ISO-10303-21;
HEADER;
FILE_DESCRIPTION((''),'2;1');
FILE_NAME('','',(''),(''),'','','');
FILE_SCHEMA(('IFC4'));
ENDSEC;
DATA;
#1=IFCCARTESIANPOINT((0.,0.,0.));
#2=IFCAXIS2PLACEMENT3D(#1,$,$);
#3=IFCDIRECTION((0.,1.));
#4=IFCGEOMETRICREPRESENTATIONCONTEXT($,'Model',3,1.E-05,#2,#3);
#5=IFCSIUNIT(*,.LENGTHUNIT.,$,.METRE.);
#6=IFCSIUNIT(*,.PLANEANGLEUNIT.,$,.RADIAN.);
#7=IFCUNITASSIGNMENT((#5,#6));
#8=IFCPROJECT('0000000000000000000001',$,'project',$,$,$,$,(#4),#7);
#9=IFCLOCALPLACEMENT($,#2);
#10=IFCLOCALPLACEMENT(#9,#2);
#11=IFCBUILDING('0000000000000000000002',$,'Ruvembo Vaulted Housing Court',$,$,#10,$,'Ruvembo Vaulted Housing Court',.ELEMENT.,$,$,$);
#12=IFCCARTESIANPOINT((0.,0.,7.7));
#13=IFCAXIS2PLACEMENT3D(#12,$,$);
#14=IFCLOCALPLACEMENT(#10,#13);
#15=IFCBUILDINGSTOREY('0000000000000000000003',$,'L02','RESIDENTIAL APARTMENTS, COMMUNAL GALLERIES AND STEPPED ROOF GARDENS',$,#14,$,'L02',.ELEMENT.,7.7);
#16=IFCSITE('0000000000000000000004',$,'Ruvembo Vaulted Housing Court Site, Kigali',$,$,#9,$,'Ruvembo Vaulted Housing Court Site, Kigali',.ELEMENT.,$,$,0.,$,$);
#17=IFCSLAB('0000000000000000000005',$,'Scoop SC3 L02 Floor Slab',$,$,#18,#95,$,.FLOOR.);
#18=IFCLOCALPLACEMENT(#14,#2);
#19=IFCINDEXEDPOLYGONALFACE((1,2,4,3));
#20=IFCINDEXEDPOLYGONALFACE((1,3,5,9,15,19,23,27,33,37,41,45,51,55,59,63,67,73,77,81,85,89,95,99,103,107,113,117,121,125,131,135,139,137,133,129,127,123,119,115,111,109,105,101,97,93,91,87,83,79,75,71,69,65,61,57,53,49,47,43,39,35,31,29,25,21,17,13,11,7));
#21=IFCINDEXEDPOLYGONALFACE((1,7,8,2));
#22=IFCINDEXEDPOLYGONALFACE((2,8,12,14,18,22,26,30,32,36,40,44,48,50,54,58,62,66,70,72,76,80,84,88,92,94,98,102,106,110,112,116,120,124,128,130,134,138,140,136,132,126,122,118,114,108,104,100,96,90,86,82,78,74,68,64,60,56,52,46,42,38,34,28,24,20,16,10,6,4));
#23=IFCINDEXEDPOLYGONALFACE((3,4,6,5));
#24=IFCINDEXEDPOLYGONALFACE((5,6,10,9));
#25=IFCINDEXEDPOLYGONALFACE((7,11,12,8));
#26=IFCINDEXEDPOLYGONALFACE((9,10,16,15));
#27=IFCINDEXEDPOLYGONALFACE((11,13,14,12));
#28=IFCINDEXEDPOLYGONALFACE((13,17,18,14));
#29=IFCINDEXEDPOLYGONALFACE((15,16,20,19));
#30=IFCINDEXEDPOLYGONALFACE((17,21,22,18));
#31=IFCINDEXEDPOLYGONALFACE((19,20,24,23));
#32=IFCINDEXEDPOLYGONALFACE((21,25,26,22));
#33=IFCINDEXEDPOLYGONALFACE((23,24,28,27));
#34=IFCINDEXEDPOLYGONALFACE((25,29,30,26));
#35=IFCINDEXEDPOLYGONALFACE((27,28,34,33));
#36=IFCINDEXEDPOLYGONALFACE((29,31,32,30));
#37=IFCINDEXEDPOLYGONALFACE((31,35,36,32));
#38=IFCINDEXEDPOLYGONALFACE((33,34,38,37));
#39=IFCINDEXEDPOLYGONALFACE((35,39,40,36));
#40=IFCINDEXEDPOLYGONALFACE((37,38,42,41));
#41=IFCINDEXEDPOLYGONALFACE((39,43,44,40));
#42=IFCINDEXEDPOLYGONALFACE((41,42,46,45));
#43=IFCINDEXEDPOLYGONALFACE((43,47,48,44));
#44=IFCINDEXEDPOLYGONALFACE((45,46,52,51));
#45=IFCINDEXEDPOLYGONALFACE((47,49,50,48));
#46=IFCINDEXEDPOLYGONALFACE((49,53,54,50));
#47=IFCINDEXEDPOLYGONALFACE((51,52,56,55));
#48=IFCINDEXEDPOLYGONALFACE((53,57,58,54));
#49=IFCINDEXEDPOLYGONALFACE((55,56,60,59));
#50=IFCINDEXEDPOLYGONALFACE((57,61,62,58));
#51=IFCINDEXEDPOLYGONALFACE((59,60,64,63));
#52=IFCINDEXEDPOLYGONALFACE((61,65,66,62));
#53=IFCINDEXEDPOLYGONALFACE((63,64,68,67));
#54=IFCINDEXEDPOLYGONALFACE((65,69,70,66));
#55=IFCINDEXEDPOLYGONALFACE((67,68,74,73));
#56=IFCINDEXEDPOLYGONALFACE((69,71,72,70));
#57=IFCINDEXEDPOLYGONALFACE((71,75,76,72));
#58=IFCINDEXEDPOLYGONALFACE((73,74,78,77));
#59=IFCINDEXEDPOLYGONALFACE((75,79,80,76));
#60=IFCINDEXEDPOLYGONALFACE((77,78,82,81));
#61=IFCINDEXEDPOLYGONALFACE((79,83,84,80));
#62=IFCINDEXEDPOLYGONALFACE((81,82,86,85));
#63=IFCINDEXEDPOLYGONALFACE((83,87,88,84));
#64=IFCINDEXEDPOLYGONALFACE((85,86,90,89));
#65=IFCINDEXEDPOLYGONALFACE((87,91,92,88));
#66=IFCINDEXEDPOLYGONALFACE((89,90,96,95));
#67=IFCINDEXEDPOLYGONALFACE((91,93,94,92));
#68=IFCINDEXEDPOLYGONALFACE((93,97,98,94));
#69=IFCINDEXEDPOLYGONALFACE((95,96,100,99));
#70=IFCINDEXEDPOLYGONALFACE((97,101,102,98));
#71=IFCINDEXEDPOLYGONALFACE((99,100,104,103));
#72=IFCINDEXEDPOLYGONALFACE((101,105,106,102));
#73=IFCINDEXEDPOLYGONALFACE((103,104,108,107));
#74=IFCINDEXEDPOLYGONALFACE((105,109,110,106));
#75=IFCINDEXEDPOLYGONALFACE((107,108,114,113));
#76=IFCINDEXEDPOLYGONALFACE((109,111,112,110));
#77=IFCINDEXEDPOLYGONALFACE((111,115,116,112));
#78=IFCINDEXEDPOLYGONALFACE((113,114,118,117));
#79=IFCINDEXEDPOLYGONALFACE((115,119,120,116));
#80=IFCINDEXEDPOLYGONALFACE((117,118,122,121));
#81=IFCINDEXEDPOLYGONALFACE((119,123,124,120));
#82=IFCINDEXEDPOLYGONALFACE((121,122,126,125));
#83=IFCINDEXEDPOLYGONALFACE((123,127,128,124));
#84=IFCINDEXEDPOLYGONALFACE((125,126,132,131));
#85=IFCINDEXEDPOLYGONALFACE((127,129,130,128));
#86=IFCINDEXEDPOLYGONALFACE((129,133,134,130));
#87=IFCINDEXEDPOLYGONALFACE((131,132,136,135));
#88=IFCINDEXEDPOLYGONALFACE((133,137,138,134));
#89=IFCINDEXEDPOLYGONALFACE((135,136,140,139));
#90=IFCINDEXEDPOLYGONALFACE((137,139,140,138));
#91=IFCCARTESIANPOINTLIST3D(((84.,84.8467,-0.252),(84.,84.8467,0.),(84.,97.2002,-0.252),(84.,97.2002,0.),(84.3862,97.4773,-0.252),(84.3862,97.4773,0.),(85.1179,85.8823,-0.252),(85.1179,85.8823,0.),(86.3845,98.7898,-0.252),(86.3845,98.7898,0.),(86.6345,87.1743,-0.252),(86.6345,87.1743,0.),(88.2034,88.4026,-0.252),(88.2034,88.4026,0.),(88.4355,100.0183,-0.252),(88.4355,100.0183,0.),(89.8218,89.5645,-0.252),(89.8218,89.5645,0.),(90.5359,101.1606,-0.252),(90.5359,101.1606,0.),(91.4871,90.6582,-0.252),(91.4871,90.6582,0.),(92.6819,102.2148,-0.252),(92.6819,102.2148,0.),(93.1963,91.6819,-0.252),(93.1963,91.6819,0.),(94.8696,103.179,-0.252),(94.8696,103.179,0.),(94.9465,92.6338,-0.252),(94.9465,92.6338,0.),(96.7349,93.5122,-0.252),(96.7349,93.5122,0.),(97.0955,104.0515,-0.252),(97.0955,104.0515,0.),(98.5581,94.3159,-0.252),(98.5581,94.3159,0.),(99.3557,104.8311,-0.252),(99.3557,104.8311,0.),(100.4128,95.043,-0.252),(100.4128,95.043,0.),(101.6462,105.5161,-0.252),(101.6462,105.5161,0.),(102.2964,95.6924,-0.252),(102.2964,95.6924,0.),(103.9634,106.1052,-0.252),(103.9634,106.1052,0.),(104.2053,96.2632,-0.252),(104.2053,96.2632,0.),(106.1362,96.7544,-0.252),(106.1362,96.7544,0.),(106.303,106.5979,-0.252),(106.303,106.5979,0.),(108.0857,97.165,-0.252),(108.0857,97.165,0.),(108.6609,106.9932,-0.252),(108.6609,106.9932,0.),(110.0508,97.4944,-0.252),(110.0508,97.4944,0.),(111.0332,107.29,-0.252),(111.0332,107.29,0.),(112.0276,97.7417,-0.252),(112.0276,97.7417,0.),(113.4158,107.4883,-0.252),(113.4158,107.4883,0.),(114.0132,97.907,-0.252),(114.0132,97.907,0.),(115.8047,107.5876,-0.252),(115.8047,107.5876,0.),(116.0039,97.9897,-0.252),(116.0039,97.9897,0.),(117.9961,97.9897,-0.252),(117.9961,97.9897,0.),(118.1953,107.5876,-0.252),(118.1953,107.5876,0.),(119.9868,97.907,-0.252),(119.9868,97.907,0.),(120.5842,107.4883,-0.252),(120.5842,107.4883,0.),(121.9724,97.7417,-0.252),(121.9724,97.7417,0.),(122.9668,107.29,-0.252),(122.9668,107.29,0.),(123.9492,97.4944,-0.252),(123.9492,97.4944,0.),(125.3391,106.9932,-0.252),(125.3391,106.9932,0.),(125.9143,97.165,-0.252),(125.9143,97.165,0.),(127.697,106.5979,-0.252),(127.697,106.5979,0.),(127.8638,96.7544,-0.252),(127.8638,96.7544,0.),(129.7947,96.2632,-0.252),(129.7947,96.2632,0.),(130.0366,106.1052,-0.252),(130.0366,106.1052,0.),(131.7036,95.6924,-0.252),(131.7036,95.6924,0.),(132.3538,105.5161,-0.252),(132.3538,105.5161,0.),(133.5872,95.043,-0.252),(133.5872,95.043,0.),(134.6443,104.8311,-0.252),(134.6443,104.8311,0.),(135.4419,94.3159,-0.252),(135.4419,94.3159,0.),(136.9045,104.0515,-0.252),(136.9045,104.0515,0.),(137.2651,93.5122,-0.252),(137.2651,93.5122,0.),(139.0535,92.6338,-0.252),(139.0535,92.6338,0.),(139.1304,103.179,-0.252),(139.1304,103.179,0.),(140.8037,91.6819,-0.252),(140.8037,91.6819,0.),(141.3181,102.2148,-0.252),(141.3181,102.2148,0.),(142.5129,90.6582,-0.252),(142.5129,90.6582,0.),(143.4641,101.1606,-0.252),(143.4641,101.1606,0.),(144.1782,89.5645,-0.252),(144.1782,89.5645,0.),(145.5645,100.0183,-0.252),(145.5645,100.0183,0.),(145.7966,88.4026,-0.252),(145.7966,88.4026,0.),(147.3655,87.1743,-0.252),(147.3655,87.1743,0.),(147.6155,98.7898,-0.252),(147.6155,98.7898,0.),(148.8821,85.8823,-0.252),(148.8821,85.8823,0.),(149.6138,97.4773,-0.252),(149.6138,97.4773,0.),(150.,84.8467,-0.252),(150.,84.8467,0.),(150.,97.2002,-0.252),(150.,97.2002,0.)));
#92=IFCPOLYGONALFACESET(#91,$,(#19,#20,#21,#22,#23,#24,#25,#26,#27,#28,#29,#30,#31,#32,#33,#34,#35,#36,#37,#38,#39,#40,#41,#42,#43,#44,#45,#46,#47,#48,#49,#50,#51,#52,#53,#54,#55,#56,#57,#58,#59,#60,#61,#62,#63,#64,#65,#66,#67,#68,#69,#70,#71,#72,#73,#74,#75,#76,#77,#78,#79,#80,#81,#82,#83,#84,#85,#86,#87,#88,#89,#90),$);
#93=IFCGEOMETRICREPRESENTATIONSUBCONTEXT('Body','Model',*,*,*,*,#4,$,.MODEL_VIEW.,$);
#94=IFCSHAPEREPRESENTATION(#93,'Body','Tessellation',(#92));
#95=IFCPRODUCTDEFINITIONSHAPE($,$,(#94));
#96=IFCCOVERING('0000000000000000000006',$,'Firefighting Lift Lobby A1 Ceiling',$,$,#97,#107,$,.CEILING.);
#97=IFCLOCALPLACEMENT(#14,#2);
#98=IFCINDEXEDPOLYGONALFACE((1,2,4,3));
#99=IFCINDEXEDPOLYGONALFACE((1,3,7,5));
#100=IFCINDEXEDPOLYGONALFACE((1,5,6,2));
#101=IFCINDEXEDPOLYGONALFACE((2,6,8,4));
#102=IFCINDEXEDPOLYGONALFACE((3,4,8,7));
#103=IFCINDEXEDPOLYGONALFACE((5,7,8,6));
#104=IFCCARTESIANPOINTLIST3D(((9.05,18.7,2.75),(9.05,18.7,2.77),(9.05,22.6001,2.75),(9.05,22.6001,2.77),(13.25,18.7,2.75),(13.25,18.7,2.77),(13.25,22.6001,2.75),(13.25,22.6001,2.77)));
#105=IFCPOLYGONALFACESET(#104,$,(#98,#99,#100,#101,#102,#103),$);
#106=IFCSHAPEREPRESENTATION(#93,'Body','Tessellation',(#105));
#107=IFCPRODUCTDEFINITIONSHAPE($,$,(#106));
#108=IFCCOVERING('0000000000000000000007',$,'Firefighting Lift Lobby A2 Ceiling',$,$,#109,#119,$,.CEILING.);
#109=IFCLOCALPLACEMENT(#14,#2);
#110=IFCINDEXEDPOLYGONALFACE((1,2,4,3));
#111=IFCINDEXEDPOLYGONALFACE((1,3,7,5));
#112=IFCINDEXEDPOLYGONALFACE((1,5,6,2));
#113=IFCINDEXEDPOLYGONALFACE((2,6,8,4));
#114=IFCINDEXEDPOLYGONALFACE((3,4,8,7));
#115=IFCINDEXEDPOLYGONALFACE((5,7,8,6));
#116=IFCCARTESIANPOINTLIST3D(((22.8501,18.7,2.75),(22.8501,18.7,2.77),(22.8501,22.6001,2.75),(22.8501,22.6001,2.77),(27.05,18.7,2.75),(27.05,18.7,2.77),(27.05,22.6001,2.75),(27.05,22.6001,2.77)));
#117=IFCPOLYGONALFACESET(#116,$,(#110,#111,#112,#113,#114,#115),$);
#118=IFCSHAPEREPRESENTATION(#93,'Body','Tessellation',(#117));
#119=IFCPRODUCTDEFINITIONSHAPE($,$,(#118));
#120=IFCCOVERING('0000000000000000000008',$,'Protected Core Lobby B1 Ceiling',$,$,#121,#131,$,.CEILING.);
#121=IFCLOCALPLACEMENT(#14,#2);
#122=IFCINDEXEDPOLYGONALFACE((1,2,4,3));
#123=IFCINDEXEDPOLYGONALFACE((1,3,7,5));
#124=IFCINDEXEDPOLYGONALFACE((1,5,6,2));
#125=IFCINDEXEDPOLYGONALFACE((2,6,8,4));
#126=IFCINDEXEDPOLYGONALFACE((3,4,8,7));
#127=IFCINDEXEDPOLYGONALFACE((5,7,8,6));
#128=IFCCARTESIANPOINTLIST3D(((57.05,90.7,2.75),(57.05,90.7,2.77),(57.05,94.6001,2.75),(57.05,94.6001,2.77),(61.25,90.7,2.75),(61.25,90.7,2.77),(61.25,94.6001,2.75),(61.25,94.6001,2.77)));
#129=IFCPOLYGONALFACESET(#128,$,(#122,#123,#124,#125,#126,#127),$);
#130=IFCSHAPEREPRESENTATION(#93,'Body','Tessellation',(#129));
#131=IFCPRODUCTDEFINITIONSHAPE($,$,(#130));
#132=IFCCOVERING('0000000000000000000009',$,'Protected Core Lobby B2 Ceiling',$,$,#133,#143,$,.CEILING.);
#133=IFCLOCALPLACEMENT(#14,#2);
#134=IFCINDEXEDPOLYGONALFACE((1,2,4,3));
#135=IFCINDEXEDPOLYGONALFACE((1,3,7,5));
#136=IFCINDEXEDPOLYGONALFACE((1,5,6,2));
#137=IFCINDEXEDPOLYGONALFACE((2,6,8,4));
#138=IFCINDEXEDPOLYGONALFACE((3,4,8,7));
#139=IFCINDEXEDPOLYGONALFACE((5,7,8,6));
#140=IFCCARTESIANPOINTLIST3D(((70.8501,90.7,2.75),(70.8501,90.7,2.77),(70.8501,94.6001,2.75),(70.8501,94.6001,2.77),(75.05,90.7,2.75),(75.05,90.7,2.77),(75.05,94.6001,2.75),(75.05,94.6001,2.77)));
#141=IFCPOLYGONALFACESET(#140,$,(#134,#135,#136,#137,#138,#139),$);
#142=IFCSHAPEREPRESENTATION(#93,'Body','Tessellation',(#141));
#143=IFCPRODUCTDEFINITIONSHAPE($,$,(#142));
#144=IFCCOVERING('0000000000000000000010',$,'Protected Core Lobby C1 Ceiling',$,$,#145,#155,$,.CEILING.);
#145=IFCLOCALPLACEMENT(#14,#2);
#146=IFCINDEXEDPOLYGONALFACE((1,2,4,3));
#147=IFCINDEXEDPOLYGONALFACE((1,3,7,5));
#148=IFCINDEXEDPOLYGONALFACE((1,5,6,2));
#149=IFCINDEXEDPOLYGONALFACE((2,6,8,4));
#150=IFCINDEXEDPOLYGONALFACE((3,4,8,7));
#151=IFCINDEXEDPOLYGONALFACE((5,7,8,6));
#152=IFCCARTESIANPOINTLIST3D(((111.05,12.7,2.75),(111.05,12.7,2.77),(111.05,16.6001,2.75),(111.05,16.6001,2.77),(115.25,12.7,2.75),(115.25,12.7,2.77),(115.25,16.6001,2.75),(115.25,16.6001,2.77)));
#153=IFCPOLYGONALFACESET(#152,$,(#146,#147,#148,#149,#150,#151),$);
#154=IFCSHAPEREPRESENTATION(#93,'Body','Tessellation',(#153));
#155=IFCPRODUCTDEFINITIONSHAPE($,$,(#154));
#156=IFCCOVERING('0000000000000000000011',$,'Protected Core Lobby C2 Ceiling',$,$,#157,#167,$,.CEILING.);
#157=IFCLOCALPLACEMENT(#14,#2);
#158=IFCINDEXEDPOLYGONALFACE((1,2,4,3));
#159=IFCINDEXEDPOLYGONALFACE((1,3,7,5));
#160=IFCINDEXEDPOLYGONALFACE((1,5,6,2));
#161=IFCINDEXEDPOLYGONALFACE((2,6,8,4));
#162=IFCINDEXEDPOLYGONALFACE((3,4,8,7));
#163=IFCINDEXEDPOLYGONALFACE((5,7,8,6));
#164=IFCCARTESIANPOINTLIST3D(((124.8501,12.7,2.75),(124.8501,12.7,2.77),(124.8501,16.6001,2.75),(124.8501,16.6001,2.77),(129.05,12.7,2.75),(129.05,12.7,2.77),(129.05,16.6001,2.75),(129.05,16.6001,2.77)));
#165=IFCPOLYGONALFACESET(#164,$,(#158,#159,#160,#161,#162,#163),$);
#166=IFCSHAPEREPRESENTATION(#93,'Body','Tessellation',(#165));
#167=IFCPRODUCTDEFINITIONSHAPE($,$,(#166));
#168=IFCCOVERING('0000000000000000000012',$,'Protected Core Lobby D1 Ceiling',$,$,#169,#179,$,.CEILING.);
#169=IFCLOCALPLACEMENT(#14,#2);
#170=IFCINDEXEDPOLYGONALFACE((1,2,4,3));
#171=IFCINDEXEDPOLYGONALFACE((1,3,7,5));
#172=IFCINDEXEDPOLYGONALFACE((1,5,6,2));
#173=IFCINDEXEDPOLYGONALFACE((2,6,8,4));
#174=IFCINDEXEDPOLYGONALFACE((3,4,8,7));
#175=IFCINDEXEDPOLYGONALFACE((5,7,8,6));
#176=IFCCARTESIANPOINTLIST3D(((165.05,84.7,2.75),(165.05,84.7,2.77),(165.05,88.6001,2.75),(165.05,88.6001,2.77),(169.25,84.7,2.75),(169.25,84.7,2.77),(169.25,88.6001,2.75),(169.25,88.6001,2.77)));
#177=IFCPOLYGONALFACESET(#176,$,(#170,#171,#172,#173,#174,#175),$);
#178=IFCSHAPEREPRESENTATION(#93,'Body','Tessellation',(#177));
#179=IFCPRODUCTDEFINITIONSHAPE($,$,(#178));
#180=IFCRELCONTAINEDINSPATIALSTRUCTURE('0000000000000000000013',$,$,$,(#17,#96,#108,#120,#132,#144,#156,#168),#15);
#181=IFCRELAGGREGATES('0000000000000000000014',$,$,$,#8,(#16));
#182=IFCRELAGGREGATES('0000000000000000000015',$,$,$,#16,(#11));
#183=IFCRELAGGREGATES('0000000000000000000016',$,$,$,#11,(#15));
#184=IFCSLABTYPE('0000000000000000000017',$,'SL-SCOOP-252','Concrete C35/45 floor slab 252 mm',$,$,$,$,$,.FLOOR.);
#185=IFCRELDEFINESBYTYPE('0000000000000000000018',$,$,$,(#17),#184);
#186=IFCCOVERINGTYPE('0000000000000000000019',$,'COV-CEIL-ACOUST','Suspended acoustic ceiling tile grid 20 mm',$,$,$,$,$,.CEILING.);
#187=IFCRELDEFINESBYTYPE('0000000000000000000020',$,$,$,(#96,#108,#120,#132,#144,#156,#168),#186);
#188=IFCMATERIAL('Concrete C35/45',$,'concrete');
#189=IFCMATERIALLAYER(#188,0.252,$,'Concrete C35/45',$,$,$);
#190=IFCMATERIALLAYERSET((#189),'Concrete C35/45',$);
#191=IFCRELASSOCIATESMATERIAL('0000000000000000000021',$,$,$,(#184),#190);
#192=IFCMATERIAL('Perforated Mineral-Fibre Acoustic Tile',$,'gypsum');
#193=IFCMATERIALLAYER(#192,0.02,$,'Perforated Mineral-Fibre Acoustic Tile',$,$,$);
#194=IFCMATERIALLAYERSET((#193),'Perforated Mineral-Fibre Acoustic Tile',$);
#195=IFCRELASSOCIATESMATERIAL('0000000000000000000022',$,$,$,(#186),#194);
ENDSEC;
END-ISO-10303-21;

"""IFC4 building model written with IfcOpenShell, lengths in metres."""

from ifc_helpers import new_model, si_unit, direction, frame, origin, place, context, subcontext, project, spatial, polyline, outline, extrude, material, layer, layer_set, type_object, element, save


model = new_model("IFC4")

# Units and contexts
model_context = context("Model", 3, precision=1e-05, world=origin(), true_north=direction((0.0, 1.0)))
body_context = subcontext(model_context, "Body", "Model", "MODEL_VIEW")
ifc_project = project(units=[si_unit("LENGTHUNIT", "METRE"), si_unit("PLANEANGLEUNIT", "RADIAN")], contexts=[model_context])

# Site, building, storey
site_placement = place(None, origin())
site = spatial("IfcSite", under=ifc_project, at=site_placement, Name="Ruvembo Vaulted Housing Court Site, Kigali", LongName="Ruvembo Vaulted Housing Court Site, Kigali", CompositionType="ELEMENT", RefElevation=0.0)
building_placement = place(site_placement, origin())
building = spatial("IfcBuilding", under=site, at=building_placement, Name="Ruvembo Vaulted Housing Court", LongName="Ruvembo Vaulted Housing Court", CompositionType="ELEMENT")
storey_placement = place(building_placement, frame((0.0, 0.0, 7.7)))
storey = spatial("IfcBuildingStorey", under=building, at=storey_placement, Name="L02", Description="RESIDENTIAL APARTMENTS, COMMUNAL GALLERIES AND STEPPED ROOF GARDENS", LongName="L02", CompositionType="ELEMENT", Elevation=7.7)

# Shared definitions
ifc_material_1 = material(Name="Concrete C35/45", Category="concrete")

# Slab
ifc_layer_1 = layer(ifc_material_1, 0.252, Name="Concrete C35/45")
ifc_layer_set_1 = layer_set([ifc_layer_1], Name="Concrete C35/45")
slab_type_1 = type_object("IfcSlabType", Name="SL-SCOOP-252", Description="Concrete C35/45 floor slab 252 mm", PredefinedType="FLOOR", material=ifc_layer_set_1)
slab_1_placement = place(storey_placement, frame((0.0, 0.0, -0.252)))
element("IfcSlab", 1, at=slab_1_placement, inside=storey, type_object=slab_type_1, Name="Scoop SC3 L02 Floor Slab", PredefinedType="FLOOR", context=body_context, shape_type="SweptSolid", body=[
    extrude(outline(polyline([(150.0, 84.8467), (150.0, 97.2002), (149.6138, 97.4773), (147.6155, 98.7898), (145.5645, 100.0183), (143.4641, 101.1606), (141.3181, 102.2148), (139.1304, 103.179), (136.9045, 104.0515), (134.6443, 104.8311), (132.3538, 105.5161), (130.0366, 106.1052), (127.697, 106.5979), (125.3391, 106.9932), (122.9668, 107.29), (120.5842, 107.4883), (118.1953, 107.5876), (115.8047, 107.5876), (113.4158, 107.4883), (111.0332, 107.29), (108.6609, 106.9932), (106.303, 106.5979), (103.9634, 106.1052), (101.6462, 105.5161), (99.3557, 104.8311), (97.0955, 104.0515), (94.8696, 103.179), (92.6819, 102.2148), (90.5359, 101.1606), (88.4355, 100.0183), (86.3845, 98.7898), (84.3862, 97.4773), (84.0, 97.2002), (84.0, 84.8467), (85.1179, 85.8823), (86.6345, 87.1743), (88.2034, 88.4026), (89.8218, 89.5645), (91.4871, 90.6582), (93.1963, 91.6819), (94.9465, 92.6338), (96.7349, 93.5122), (98.5581, 94.3159), (100.4128, 95.043), (102.2964, 95.6924), (104.2053, 96.2632), (106.1362, 96.7544), (108.0857, 97.165), (110.0508, 97.4944), (112.0276, 97.7417), (114.0132, 97.907), (116.0039, 97.9897), (117.9961, 97.9897), (119.9868, 97.907), (121.9724, 97.7417), (123.9492, 97.4944), (125.9143, 97.165), (127.8638, 96.7544), (129.7947, 96.2632), (131.7036, 95.6924), (133.5872, 95.043), (135.4419, 94.3159), (137.2651, 93.5122), (139.0535, 92.6338), (140.8037, 91.6819), (142.5129, 90.6582), (144.1782, 89.5645), (145.7966, 88.4026), (147.3655, 87.1743), (148.8821, 85.8823), (150.0, 84.8467)])), origin(), (0.0, 0.0, 1.0), 0.252),
])

# Coverings
ifc_material_2 = material(Name="Perforated Mineral-Fibre Acoustic Tile", Category="gypsum")
ifc_layer_2 = layer(ifc_material_2, 0.02, Name="Perforated Mineral-Fibre Acoustic Tile")
ifc_layer_set_2 = layer_set([ifc_layer_2], Name="Perforated Mineral-Fibre Acoustic Tile")
covering_type_1 = type_object("IfcCoveringType", Name="COV-CEIL-ACOUST", Description="Suspended acoustic ceiling tile grid 20 mm", PredefinedType="CEILING", material=ifc_layer_set_2)
covering_1_placement = place(storey_placement, frame((0.0, 0.0, 2.75)))
element("IfcCovering", 2, at=covering_1_placement, inside=storey, type_object=covering_type_1, Name="Firefighting Lift Lobby A1 Ceiling", PredefinedType="CEILING", context=body_context, shape_type="SweptSolid", body=[
    extrude(outline(polyline([(13.25, 22.6001), (9.05, 22.6001), (9.05, 18.7), (13.25, 18.7), (13.25, 22.6001)])), origin(), (0.0, 0.0, 1.0), 0.02),
])
covering_2_placement = place(storey_placement, frame((0.0, 0.0, 2.75)))
element("IfcCovering", 3, at=covering_2_placement, inside=storey, type_object=covering_type_1, Name="Firefighting Lift Lobby A2 Ceiling", PredefinedType="CEILING", context=body_context, shape_type="SweptSolid", body=[
    extrude(outline(polyline([(27.05, 22.6001), (22.8501, 22.6001), (22.8501, 18.7), (27.05, 18.7), (27.05, 22.6001)])), origin(), (0.0, 0.0, 1.0), 0.02),
])
covering_3_placement = place(storey_placement, frame((0.0, 0.0, 2.75)))
element("IfcCovering", 4, at=covering_3_placement, inside=storey, type_object=covering_type_1, Name="Protected Core Lobby B1 Ceiling", PredefinedType="CEILING", context=body_context, shape_type="SweptSolid", body=[
    extrude(outline(polyline([(61.25, 94.6001), (57.05, 94.6001), (57.05, 90.7), (61.25, 90.7), (61.25, 94.6001)])), origin(), (0.0, 0.0, 1.0), 0.02),
])
covering_4_placement = place(storey_placement, frame((0.0, 0.0, 2.75)))
element("IfcCovering", 5, at=covering_4_placement, inside=storey, type_object=covering_type_1, Name="Protected Core Lobby B2 Ceiling", PredefinedType="CEILING", context=body_context, shape_type="SweptSolid", body=[
    extrude(outline(polyline([(75.05, 94.6001), (70.8501, 94.6001), (70.8501, 90.7), (75.05, 90.7), (75.05, 94.6001)])), origin(), (0.0, 0.0, 1.0), 0.02),
])
covering_5_placement = place(storey_placement, frame((0.0, 0.0, 2.75)))
element("IfcCovering", 6, at=covering_5_placement, inside=storey, type_object=covering_type_1, Name="Protected Core Lobby C1 Ceiling", PredefinedType="CEILING", context=body_context, shape_type="SweptSolid", body=[
    extrude(outline(polyline([(115.25, 16.6001), (111.05, 16.6001), (111.05, 12.7), (115.25, 12.7), (115.25, 16.6001)])), origin(), (0.0, 0.0, 1.0), 0.02),
])
covering_6_placement = place(storey_placement, frame((0.0, 0.0, 2.75)))
element("IfcCovering", 7, at=covering_6_placement, inside=storey, type_object=covering_type_1, Name="Protected Core Lobby C2 Ceiling", PredefinedType="CEILING", context=body_context, shape_type="SweptSolid", body=[
    extrude(outline(polyline([(129.05, 16.6001), (124.8501, 16.6001), (124.8501, 12.7), (129.05, 12.7), (129.05, 16.6001)])), origin(), (0.0, 0.0, 1.0), 0.02),
])
covering_7_placement = place(storey_placement, frame((0.0, 0.0, 2.75)))
element("IfcCovering", 8, at=covering_7_placement, inside=storey, type_object=covering_type_1, Name="Protected Core Lobby D1 Ceiling", PredefinedType="CEILING", context=body_context, shape_type="SweptSolid", body=[
    extrude(outline(polyline([(169.25, 88.6001), (165.05, 88.6001), (165.05, 84.7), (169.25, 84.7), (169.25, 88.6001)])), origin(), (0.0, 0.0, 1.0), 0.02),
])

save(model, "model.ifc")
